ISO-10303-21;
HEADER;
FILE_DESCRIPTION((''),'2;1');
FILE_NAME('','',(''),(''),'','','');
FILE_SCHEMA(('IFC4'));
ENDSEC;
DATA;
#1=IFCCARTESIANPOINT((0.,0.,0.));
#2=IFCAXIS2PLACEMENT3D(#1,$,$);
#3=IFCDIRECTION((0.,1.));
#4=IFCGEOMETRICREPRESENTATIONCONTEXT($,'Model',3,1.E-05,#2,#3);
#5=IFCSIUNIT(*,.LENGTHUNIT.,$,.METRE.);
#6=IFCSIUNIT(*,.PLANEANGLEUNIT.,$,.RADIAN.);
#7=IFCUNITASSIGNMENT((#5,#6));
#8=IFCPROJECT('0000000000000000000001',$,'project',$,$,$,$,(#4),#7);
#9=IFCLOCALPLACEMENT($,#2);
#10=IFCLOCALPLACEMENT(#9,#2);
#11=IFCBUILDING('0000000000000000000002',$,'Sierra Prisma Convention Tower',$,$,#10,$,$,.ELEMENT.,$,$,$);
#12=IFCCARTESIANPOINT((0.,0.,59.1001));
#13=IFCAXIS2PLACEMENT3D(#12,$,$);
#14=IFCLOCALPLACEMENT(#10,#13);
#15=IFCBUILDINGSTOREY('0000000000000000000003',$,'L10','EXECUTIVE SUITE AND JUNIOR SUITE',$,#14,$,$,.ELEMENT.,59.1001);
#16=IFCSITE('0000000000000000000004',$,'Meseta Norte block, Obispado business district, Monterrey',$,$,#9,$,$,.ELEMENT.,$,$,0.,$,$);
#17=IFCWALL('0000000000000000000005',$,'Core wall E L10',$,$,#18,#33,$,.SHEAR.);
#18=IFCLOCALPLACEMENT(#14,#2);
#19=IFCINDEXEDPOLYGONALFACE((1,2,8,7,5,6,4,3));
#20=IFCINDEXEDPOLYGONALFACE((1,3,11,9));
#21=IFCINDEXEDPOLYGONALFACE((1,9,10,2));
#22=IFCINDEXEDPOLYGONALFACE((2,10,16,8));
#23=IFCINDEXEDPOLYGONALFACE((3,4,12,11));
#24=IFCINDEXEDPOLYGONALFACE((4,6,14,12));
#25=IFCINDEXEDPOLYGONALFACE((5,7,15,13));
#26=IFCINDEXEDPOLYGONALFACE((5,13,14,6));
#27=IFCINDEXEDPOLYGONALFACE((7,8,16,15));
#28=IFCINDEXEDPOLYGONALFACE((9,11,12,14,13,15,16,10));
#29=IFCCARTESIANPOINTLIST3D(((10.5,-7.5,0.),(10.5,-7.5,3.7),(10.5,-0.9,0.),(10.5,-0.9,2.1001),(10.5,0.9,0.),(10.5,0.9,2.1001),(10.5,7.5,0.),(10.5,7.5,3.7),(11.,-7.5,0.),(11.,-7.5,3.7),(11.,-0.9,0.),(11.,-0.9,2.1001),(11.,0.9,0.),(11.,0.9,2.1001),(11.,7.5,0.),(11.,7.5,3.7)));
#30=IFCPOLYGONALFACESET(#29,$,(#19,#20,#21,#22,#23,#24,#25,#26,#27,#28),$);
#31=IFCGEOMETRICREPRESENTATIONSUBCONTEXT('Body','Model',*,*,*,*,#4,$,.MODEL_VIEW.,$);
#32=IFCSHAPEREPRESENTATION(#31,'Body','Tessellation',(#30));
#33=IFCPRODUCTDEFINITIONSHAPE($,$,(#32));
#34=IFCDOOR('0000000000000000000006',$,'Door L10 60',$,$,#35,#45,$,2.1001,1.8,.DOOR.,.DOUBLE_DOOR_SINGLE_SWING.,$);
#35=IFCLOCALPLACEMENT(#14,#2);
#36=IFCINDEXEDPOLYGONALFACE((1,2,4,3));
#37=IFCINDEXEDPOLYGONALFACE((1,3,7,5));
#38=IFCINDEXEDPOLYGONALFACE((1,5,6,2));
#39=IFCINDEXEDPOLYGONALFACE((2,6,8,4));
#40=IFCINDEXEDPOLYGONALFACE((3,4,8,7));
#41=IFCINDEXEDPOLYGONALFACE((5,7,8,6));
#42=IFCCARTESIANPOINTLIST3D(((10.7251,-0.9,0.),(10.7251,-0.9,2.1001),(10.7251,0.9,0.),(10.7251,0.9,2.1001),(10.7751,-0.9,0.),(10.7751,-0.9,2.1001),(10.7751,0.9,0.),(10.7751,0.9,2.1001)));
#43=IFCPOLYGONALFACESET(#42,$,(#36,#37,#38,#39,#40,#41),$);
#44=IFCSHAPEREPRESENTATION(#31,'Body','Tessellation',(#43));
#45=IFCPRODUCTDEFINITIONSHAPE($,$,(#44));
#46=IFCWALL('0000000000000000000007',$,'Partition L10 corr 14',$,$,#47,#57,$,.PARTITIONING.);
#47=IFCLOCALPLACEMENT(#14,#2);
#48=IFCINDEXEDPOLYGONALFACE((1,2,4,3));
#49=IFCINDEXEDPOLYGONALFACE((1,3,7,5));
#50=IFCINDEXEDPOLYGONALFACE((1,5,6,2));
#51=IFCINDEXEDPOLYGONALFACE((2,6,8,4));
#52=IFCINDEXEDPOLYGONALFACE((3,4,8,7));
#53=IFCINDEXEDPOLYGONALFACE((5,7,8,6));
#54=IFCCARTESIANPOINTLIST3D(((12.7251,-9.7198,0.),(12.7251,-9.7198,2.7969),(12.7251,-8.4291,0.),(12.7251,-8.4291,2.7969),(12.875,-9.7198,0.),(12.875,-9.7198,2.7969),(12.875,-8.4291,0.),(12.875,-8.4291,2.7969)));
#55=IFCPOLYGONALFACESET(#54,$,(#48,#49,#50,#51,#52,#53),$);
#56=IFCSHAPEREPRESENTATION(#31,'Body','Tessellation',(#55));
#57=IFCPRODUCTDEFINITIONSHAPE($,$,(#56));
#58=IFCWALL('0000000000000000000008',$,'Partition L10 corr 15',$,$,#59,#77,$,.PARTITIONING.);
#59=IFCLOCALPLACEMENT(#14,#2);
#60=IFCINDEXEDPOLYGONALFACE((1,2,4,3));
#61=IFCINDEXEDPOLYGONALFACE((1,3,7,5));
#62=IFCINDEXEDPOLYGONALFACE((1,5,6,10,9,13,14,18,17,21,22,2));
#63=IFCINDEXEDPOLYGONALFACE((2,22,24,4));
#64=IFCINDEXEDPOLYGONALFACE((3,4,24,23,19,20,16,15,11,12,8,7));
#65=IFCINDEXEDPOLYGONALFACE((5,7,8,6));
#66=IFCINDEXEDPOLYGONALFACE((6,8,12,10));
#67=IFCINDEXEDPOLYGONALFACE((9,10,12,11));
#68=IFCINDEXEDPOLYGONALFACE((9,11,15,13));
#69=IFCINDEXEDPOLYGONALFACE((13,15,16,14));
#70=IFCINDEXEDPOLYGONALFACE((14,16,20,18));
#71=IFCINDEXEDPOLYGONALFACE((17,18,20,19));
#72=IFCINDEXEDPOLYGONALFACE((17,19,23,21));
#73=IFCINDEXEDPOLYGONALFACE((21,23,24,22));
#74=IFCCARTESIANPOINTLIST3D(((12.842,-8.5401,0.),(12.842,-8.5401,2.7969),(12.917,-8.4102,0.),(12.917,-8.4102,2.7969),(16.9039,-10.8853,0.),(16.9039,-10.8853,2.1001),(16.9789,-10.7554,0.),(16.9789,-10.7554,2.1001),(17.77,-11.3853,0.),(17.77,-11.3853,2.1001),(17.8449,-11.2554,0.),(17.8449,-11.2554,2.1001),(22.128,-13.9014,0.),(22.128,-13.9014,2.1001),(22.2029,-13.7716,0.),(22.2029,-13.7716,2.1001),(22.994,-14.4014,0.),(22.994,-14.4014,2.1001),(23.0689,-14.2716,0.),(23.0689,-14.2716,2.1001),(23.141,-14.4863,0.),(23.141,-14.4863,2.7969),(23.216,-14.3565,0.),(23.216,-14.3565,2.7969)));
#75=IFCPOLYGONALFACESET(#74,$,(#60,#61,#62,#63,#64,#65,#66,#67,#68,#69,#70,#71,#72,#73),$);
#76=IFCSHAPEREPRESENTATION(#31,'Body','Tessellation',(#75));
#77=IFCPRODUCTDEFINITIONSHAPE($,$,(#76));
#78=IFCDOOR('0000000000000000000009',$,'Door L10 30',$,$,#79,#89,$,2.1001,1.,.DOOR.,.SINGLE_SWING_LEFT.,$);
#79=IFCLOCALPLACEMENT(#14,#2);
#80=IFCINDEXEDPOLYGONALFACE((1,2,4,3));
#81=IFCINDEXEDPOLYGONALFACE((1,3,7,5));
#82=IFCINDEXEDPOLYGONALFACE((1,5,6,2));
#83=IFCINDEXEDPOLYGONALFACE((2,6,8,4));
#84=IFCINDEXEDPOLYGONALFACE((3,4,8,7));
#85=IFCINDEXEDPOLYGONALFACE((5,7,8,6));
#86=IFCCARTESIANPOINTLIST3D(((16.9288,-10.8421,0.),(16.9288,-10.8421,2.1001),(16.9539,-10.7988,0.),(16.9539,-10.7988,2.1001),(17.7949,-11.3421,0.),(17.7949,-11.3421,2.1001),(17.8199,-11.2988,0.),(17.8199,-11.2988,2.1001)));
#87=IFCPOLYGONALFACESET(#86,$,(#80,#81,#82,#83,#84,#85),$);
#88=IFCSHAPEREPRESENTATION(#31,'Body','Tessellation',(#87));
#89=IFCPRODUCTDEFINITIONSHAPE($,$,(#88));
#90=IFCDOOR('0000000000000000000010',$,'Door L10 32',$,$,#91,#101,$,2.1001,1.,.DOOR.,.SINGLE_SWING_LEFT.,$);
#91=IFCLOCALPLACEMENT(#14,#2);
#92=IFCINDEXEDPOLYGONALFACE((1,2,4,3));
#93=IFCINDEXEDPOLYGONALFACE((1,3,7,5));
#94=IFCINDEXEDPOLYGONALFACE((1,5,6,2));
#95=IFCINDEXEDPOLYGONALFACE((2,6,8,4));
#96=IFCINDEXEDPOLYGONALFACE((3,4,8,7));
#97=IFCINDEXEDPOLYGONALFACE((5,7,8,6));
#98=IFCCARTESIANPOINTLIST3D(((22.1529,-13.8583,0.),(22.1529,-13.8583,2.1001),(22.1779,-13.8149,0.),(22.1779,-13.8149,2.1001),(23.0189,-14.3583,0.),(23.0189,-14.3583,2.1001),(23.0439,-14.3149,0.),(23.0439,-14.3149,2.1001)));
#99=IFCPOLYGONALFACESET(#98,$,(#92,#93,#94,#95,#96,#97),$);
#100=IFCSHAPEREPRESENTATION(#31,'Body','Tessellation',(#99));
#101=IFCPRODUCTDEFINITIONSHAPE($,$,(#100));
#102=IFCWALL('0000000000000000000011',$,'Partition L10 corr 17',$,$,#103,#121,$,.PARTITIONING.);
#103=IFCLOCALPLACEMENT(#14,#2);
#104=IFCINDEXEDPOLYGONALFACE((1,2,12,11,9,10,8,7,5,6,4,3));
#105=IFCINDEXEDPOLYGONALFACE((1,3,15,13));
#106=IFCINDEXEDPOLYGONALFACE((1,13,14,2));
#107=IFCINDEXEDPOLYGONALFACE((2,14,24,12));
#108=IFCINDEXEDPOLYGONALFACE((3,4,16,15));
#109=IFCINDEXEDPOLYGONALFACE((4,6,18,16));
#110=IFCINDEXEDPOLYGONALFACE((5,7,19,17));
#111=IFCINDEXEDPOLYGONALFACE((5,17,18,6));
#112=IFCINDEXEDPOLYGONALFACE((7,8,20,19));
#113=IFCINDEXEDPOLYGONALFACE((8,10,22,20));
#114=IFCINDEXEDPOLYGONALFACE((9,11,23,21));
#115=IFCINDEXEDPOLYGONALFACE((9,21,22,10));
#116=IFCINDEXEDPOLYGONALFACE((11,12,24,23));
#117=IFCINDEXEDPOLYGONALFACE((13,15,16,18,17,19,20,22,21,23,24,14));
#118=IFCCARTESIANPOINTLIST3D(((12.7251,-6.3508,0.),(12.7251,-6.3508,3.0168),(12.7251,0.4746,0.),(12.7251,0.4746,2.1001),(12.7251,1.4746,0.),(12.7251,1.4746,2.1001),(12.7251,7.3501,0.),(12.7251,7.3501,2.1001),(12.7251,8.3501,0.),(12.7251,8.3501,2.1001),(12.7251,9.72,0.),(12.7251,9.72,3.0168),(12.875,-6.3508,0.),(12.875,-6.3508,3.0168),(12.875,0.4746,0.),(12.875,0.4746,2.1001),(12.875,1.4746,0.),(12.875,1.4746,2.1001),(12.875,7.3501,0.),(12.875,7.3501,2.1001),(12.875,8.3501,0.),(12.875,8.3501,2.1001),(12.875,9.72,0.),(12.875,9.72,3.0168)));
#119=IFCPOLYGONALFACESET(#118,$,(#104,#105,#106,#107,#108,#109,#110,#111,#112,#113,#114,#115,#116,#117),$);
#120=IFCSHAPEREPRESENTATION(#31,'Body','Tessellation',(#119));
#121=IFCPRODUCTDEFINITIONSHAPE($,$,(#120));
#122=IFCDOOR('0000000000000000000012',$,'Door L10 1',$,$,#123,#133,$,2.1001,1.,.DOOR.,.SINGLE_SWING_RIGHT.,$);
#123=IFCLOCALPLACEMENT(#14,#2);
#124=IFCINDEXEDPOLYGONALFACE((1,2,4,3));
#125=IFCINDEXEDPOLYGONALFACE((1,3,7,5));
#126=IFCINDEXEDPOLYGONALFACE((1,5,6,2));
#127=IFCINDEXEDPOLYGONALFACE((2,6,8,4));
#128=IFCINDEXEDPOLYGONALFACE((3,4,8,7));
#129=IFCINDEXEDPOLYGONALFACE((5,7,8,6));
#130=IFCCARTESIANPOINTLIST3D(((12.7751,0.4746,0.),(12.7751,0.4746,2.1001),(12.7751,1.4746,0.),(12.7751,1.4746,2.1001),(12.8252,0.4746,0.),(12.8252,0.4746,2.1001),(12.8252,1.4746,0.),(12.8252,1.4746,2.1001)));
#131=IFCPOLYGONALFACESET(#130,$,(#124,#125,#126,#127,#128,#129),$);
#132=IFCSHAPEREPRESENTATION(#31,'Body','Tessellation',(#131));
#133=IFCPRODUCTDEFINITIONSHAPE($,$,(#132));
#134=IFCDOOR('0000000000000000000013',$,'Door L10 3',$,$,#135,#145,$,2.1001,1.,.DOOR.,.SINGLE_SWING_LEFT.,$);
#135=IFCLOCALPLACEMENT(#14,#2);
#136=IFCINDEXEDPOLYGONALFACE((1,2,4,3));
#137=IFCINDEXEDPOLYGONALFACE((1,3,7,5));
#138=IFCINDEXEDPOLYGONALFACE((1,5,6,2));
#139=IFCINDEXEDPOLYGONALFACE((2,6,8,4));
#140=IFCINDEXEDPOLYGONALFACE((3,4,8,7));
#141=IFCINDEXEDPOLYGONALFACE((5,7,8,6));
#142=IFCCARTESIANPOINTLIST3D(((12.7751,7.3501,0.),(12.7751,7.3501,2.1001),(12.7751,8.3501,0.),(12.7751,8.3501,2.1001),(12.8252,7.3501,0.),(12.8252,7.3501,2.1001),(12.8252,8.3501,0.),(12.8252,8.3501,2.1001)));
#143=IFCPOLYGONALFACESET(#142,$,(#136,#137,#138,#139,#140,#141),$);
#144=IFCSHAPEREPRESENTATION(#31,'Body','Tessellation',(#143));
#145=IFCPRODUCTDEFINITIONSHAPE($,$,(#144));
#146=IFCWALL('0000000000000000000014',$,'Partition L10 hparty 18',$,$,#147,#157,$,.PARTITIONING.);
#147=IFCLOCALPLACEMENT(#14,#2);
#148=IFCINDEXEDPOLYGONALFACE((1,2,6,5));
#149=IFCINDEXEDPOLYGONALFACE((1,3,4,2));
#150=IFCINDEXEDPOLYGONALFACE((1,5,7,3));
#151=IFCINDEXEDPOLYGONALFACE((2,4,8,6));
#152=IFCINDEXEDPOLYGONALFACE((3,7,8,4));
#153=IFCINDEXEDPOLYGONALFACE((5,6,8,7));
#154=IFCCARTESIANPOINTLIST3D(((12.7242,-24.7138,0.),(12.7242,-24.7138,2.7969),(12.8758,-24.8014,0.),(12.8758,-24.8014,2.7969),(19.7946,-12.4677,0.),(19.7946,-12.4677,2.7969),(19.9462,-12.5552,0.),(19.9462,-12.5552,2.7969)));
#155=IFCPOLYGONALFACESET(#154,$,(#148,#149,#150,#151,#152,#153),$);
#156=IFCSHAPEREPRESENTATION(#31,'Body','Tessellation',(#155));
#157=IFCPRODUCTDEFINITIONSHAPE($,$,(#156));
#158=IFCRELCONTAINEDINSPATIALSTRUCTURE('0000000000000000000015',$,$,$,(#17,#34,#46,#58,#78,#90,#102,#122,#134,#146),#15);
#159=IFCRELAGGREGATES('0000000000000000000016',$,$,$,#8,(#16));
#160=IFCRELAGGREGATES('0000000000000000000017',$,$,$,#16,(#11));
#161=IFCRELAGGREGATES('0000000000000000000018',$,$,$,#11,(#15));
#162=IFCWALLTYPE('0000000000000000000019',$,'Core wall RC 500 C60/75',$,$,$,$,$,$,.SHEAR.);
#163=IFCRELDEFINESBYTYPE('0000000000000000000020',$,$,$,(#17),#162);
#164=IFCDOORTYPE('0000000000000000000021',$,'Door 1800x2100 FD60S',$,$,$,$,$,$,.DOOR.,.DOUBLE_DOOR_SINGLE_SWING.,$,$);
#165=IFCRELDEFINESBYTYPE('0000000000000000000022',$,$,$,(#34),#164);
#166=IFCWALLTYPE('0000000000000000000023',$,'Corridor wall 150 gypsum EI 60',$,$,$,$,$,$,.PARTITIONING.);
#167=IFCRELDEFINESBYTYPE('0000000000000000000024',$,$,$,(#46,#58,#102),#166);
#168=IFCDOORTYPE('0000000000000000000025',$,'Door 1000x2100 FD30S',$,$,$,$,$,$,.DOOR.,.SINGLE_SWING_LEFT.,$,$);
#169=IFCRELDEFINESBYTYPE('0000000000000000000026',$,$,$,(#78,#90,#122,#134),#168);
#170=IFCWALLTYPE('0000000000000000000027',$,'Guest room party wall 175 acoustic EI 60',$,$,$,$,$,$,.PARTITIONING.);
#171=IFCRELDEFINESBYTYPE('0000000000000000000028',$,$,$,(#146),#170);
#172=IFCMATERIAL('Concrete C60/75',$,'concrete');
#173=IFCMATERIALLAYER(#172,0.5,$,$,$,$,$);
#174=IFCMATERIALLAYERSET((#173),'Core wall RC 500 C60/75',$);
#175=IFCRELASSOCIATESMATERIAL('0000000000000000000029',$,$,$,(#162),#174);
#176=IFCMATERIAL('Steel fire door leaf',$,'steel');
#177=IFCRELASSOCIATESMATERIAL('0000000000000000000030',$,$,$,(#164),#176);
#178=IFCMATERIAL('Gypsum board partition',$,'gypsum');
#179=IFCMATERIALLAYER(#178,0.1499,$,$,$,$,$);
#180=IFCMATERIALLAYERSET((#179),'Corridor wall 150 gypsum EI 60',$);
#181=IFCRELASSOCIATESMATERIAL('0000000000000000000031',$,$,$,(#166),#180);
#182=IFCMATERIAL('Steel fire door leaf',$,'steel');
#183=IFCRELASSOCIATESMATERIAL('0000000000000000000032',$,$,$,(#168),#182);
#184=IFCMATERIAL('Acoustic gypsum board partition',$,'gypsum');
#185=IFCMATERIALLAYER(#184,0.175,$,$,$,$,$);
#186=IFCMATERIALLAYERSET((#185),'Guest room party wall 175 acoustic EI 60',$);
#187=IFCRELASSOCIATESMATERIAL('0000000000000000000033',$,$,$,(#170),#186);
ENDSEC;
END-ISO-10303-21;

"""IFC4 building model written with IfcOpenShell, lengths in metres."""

from ifc_helpers import new_model, si_unit, direction, frame, frame_2d, origin, place, context, subcontext, project, spatial, rectangle, extrude, material, layer, layer_set, type_object, element, fill, save


model = new_model("IFC4")

# Units and contexts
model_context = context("Model", 3, precision=1e-05, world=origin(), true_north=direction((0.0, 1.0)))
body_context = subcontext(model_context, "Body", "Model", "MODEL_VIEW")
ifc_project = project(units=[si_unit("LENGTHUNIT", "METRE"), si_unit("PLANEANGLEUNIT", "RADIAN")], contexts=[model_context])

# Site, building, storey
site_placement = place(None, origin())
site = spatial("IfcSite", under=ifc_project, at=site_placement, Name="Meseta Norte block, Obispado business district, Monterrey", CompositionType="ELEMENT", RefElevation=0.0)
building_placement = place(site_placement, origin())
building = spatial("IfcBuilding", under=site, at=building_placement, Name="Sierra Prisma Convention Tower", CompositionType="ELEMENT")
storey_placement = place(building_placement, frame((0.0, 0.0, 59.1001)))
storey = spatial("IfcBuildingStorey", under=building, at=storey_placement, Name="L10", Description="EXECUTIVE SUITE AND JUNIOR SUITE", CompositionType="ELEMENT", Elevation=59.1001)

# Wall, opening, door
ifc_material_1 = material(Name="Concrete C60/75", Category="concrete")
ifc_layer_1 = layer(ifc_material_1, 0.5)
ifc_layer_set_1 = layer_set([ifc_layer_1], Name="Core wall RC 500 C60/75")
wall_type_1 = type_object("IfcWallType", Name="Core wall RC 500 C60/75", PredefinedType="SHEAR", material=ifc_layer_set_1)
wall_1_placement = place(storey_placement, frame((10.75, -7.5, 0.0), z_axis=(0.0, 0.0, 1.0), x_axis=(0.0, 1.0, 0.0)))
wall_1 = element("IfcWall", 1, at=wall_1_placement, inside=storey, type_object=wall_type_1, Name="Core wall E L10", PredefinedType="SHEAR", context=body_context, shape_type="SweptSolid", body=[
    extrude(rectangle(XDim=15.0, YDim=0.5, at=frame_2d((7.5, 0.0))), origin(), (0.0, 0.0, 1.0), 3.7),
])
opening_1_placement = place(wall_1_placement, frame((6.6001, 0.0, 0.0)))
opening_1 = element("IfcOpeningElement", 2, at=opening_1_placement, cuts=wall_1, PredefinedType="OPENING", context=body_context, shape_type="SweptSolid", body=[
    extrude(rectangle(XDim=1.8, YDim=2.1001, at=frame_2d((0.8999, 1.05))), frame((0.0, 0.25, 0.0), z_axis=(0.0, -1.0, 0.0), x_axis=(1.0, 0.0, 0.0)), (0.0, 0.0, 1.0), 0.5),
])
ifc_material_2 = material(Name="Steel fire door leaf", Category="steel")
door_type_1 = type_object("IfcDoorType", Name="Door 1800x2100 FD60S", OperationType="DOUBLE_DOOR_SINGLE_SWING", PredefinedType="DOOR", material=ifc_material_2)
door_1_placement = place(opening_1_placement, origin())
door_1 = element("IfcDoor", 3, at=door_1_placement, inside=storey, type_object=door_type_1, Name="Door L10 60", OperationType="DOUBLE_DOOR_SINGLE_SWING", OverallHeight=2.1001, OverallWidth=1.8, PredefinedType="DOOR", context=body_context, shape_type="SweptSolid", body=[
    extrude(rectangle(XDim=1.8, YDim=2.1001, at=frame_2d((0.8999, 1.05))), frame((0.0, 0.0249, 0.0), z_axis=(0.0, -1.0, 0.0), x_axis=(1.0, 0.0, 0.0)), (0.0, 0.0, 1.0), 0.05),
])
fill(opening_1, door_1)

# Wall
ifc_material_3 = material(Name="Gypsum board partition", Category="gypsum")
ifc_layer_2 = layer(ifc_material_3, 0.1499)
ifc_layer_set_2 = layer_set([ifc_layer_2], Name="Corridor wall 150 gypsum EI 60")
wall_type_2 = type_object("IfcWallType", Name="Corridor wall 150 gypsum EI 60", PredefinedType="PARTITIONING", material=ifc_layer_set_2)
wall_2_placement = place(storey_placement, frame((12.8, -9.72, 0.0), z_axis=(0.0, 0.0, 1.0), x_axis=(0.0, 1.0, 0.0)))
element("IfcWall", 4, at=wall_2_placement, inside=storey, type_object=wall_type_2, Name="Partition L10 corr 14", PredefinedType="PARTITIONING", context=body_context, shape_type="SweptSolid", body=[
    extrude(rectangle(XDim=1.2908, YDim=0.1499, at=frame_2d((0.6455, 0.0))), origin(), (0.0, 0.0, 1.0), 2.7969),
])

# Walls, openings, doors
wall_3_placement = place(storey_placement, frame((12.8794, -8.4751, 0.0), z_axis=(0.0, 0.0, 1.0), x_axis=(0.866021, -0.500007, 0.0)))
wall_3 = element("IfcWall", 5, at=wall_3_placement, inside=storey, type_object=wall_type_2, Name="Partition L10 corr 15", PredefinedType="PARTITIONING", context=body_context, shape_type="SweptSolid", body=[
    extrude(rectangle(XDim=11.8923, YDim=0.1499, at=frame_2d((5.9463, 0.0))), origin(), (0.0, 0.0, 1.0), 2.7969),
])
opening_2_placement = place(wall_3_placement, frame((4.6904, 0.0, 0.0)))
opening_2 = element("IfcOpeningElement", 6, at=opening_2_placement, cuts=wall_3, PredefinedType="OPENING", context=body_context, shape_type="SweptSolid", body=[
    extrude(rectangle(XDim=1.0, YDim=2.1001, at=frame_2d((0.5, 1.05))), frame((0.0, 0.075, 0.0), z_axis=(0.0, -1.0, 0.0), x_axis=(1.0, 0.0, 0.0)), (0.0, 0.0, 1.0), 0.1499),
])
opening_3_placement = place(wall_3_placement, frame((10.7227, 0.0, 0.0)))
opening_3 = element("IfcOpeningElement", 7, at=opening_3_placement, cuts=wall_3, PredefinedType="OPENING", context=body_context, shape_type="SweptSolid", body=[
    extrude(rectangle(XDim=1.0, YDim=2.1001, at=frame_2d((0.5, 1.05))), frame((0.0, 0.075, 0.0), z_axis=(0.0, -1.0, 0.0), x_axis=(1.0, 0.0, 0.0)), (0.0, 0.0, 1.0), 0.1499),
])
ifc_material_4 = material(Name="Steel fire door leaf", Category="steel")
door_type_2 = type_object("IfcDoorType", Name="Door 1000x2100 FD30S", OperationType="SINGLE_SWING_LEFT", PredefinedType="DOOR", material=ifc_material_4)
door_2_placement = place(opening_2_placement, origin())
door_2 = element("IfcDoor", 8, at=door_2_placement, inside=storey, type_object=door_type_2, Name="Door L10 30", OperationType="SINGLE_SWING_LEFT", OverallHeight=2.1001, OverallWidth=1.0, PredefinedType="DOOR", context=body_context, shape_type="SweptSolid", body=[
    extrude(rectangle(XDim=1.0, YDim=2.1001, at=frame_2d((0.5, 1.05))), frame((0.0, 0.0249, 0.0), z_axis=(0.0, -1.0, 0.0), x_axis=(1.0, 0.0, 0.0)), (0.0, 0.0, 1.0), 0.05),
])
fill(opening_2, door_2)
door_3_placement = place(opening_3_placement, origin())
door_3 = element("IfcDoor", 9, at=door_3_placement, inside=storey, type_object=door_type_2, Name="Door L10 32", OperationType="SINGLE_SWING_LEFT", OverallHeight=2.1001, OverallWidth=1.0, PredefinedType="DOOR", context=body_context, shape_type="SweptSolid", body=[
    extrude(rectangle(XDim=1.0, YDim=2.1001, at=frame_2d((0.5, 1.05))), frame((0.0, 0.0249, 0.0), z_axis=(0.0, -1.0, 0.0), x_axis=(1.0, 0.0, 0.0)), (0.0, 0.0, 1.0), 0.05),
])
fill(opening_3, door_3)
wall_4_placement = place(storey_placement, frame((12.8, -6.3508, 0.0), z_axis=(0.0, 0.0, 1.0), x_axis=(0.0, 1.0, 0.0)))
wall_4 = element("IfcWall", 10, at=wall_4_placement, inside=storey, type_object=wall_type_2, Name="Partition L10 corr 17", PredefinedType="PARTITIONING", context=body_context, shape_type="SweptSolid", body=[
    extrude(rectangle(XDim=16.0708, YDim=0.1499, at=frame_2d((8.0354, 0.0))), origin(), (0.0, 0.0, 1.0), 3.0168),
])
opening_4_placement = place(wall_4_placement, frame((6.8254, 0.0, 0.0)))
opening_4 = element("IfcOpeningElement", 11, at=opening_4_placement, cuts=wall_4, PredefinedType="OPENING", context=body_context, shape_type="SweptSolid", body=[
    extrude(rectangle(XDim=1.0, YDim=2.1001, at=frame_2d((0.5, 1.05))), frame((0.0, 0.075, 0.0), z_axis=(0.0, -1.0, 0.0), x_axis=(1.0, 0.0, 0.0)), (0.0, 0.0, 1.0), 0.1499),
])
opening_5_placement = place(wall_4_placement, frame((13.7009, 0.0, 0.0)))
opening_5 = element("IfcOpeningElement", 12, at=opening_5_placement, cuts=wall_4, PredefinedType="OPENING", context=body_context, shape_type="SweptSolid", body=[
    extrude(rectangle(XDim=1.0, YDim=2.1001, at=frame_2d((0.5, 1.05))), frame((0.0, 0.075, 0.0), z_axis=(0.0, -1.0, 0.0), x_axis=(1.0, 0.0, 0.0)), (0.0, 0.0, 1.0), 0.1499),
])
door_4_placement = place(opening_4_placement, origin())
door_4 = element("IfcDoor", 13, at=door_4_placement, inside=storey, type_object=door_type_2, Name="Door L10 1", OperationType="SINGLE_SWING_RIGHT", OverallHeight=2.1001, OverallWidth=1.0, PredefinedType="DOOR", context=body_context, shape_type="SweptSolid", body=[
    extrude(rectangle(XDim=1.0, YDim=2.1001, at=frame_2d((0.5, 1.05))), frame((0.0, 0.0249, 0.0), z_axis=(0.0, -1.0, 0.0), x_axis=(1.0, 0.0, 0.0)), (0.0, 0.0, 1.0), 0.05),
])
fill(opening_4, door_4)
door_5_placement = place(opening_5_placement, origin())
door_5 = element("IfcDoor", 14, at=door_5_placement, inside=storey, type_object=door_type_2, Name="Door L10 3", OperationType="SINGLE_SWING_LEFT", OverallHeight=2.1001, OverallWidth=1.0, PredefinedType="DOOR", context=body_context, shape_type="SweptSolid", body=[
    extrude(rectangle(XDim=1.0, YDim=2.1001, at=frame_2d((0.5, 1.05))), frame((0.0, 0.0249, 0.0), z_axis=(0.0, -1.0, 0.0), x_axis=(1.0, 0.0, 0.0)), (0.0, 0.0, 1.0), 0.05),
])
fill(opening_5, door_5)

# Wall
ifc_material_5 = material(Name="Acoustic gypsum board partition", Category="gypsum")
ifc_layer_3 = layer(ifc_material_5, 0.175)
ifc_layer_set_3 = layer_set([ifc_layer_3], Name="Guest room party wall 175 acoustic EI 60")
wall_type_3 = type_object("IfcWallType", Name="Guest room party wall 175 acoustic EI 60", PredefinedType="PARTITIONING", material=ifc_layer_set_3)
wall_5_placement = place(storey_placement, frame((19.8704, -12.5115, 0.0), z_axis=(0.0, 0.0, 1.0), x_axis=(-0.500001, -0.866025, 0.0)))
element("IfcWall", 15, at=wall_5_placement, inside=storey, type_object=wall_type_3, Name="Partition L10 hparty 18", PredefinedType="PARTITIONING", context=body_context, shape_type="SweptSolid", body=[
    extrude(rectangle(XDim=14.1406, YDim=0.175, at=frame_2d((7.0703, 0.0))), origin(), (0.0, 0.0, 1.0), 2.7969),
])

save(model, "model.ifc")
